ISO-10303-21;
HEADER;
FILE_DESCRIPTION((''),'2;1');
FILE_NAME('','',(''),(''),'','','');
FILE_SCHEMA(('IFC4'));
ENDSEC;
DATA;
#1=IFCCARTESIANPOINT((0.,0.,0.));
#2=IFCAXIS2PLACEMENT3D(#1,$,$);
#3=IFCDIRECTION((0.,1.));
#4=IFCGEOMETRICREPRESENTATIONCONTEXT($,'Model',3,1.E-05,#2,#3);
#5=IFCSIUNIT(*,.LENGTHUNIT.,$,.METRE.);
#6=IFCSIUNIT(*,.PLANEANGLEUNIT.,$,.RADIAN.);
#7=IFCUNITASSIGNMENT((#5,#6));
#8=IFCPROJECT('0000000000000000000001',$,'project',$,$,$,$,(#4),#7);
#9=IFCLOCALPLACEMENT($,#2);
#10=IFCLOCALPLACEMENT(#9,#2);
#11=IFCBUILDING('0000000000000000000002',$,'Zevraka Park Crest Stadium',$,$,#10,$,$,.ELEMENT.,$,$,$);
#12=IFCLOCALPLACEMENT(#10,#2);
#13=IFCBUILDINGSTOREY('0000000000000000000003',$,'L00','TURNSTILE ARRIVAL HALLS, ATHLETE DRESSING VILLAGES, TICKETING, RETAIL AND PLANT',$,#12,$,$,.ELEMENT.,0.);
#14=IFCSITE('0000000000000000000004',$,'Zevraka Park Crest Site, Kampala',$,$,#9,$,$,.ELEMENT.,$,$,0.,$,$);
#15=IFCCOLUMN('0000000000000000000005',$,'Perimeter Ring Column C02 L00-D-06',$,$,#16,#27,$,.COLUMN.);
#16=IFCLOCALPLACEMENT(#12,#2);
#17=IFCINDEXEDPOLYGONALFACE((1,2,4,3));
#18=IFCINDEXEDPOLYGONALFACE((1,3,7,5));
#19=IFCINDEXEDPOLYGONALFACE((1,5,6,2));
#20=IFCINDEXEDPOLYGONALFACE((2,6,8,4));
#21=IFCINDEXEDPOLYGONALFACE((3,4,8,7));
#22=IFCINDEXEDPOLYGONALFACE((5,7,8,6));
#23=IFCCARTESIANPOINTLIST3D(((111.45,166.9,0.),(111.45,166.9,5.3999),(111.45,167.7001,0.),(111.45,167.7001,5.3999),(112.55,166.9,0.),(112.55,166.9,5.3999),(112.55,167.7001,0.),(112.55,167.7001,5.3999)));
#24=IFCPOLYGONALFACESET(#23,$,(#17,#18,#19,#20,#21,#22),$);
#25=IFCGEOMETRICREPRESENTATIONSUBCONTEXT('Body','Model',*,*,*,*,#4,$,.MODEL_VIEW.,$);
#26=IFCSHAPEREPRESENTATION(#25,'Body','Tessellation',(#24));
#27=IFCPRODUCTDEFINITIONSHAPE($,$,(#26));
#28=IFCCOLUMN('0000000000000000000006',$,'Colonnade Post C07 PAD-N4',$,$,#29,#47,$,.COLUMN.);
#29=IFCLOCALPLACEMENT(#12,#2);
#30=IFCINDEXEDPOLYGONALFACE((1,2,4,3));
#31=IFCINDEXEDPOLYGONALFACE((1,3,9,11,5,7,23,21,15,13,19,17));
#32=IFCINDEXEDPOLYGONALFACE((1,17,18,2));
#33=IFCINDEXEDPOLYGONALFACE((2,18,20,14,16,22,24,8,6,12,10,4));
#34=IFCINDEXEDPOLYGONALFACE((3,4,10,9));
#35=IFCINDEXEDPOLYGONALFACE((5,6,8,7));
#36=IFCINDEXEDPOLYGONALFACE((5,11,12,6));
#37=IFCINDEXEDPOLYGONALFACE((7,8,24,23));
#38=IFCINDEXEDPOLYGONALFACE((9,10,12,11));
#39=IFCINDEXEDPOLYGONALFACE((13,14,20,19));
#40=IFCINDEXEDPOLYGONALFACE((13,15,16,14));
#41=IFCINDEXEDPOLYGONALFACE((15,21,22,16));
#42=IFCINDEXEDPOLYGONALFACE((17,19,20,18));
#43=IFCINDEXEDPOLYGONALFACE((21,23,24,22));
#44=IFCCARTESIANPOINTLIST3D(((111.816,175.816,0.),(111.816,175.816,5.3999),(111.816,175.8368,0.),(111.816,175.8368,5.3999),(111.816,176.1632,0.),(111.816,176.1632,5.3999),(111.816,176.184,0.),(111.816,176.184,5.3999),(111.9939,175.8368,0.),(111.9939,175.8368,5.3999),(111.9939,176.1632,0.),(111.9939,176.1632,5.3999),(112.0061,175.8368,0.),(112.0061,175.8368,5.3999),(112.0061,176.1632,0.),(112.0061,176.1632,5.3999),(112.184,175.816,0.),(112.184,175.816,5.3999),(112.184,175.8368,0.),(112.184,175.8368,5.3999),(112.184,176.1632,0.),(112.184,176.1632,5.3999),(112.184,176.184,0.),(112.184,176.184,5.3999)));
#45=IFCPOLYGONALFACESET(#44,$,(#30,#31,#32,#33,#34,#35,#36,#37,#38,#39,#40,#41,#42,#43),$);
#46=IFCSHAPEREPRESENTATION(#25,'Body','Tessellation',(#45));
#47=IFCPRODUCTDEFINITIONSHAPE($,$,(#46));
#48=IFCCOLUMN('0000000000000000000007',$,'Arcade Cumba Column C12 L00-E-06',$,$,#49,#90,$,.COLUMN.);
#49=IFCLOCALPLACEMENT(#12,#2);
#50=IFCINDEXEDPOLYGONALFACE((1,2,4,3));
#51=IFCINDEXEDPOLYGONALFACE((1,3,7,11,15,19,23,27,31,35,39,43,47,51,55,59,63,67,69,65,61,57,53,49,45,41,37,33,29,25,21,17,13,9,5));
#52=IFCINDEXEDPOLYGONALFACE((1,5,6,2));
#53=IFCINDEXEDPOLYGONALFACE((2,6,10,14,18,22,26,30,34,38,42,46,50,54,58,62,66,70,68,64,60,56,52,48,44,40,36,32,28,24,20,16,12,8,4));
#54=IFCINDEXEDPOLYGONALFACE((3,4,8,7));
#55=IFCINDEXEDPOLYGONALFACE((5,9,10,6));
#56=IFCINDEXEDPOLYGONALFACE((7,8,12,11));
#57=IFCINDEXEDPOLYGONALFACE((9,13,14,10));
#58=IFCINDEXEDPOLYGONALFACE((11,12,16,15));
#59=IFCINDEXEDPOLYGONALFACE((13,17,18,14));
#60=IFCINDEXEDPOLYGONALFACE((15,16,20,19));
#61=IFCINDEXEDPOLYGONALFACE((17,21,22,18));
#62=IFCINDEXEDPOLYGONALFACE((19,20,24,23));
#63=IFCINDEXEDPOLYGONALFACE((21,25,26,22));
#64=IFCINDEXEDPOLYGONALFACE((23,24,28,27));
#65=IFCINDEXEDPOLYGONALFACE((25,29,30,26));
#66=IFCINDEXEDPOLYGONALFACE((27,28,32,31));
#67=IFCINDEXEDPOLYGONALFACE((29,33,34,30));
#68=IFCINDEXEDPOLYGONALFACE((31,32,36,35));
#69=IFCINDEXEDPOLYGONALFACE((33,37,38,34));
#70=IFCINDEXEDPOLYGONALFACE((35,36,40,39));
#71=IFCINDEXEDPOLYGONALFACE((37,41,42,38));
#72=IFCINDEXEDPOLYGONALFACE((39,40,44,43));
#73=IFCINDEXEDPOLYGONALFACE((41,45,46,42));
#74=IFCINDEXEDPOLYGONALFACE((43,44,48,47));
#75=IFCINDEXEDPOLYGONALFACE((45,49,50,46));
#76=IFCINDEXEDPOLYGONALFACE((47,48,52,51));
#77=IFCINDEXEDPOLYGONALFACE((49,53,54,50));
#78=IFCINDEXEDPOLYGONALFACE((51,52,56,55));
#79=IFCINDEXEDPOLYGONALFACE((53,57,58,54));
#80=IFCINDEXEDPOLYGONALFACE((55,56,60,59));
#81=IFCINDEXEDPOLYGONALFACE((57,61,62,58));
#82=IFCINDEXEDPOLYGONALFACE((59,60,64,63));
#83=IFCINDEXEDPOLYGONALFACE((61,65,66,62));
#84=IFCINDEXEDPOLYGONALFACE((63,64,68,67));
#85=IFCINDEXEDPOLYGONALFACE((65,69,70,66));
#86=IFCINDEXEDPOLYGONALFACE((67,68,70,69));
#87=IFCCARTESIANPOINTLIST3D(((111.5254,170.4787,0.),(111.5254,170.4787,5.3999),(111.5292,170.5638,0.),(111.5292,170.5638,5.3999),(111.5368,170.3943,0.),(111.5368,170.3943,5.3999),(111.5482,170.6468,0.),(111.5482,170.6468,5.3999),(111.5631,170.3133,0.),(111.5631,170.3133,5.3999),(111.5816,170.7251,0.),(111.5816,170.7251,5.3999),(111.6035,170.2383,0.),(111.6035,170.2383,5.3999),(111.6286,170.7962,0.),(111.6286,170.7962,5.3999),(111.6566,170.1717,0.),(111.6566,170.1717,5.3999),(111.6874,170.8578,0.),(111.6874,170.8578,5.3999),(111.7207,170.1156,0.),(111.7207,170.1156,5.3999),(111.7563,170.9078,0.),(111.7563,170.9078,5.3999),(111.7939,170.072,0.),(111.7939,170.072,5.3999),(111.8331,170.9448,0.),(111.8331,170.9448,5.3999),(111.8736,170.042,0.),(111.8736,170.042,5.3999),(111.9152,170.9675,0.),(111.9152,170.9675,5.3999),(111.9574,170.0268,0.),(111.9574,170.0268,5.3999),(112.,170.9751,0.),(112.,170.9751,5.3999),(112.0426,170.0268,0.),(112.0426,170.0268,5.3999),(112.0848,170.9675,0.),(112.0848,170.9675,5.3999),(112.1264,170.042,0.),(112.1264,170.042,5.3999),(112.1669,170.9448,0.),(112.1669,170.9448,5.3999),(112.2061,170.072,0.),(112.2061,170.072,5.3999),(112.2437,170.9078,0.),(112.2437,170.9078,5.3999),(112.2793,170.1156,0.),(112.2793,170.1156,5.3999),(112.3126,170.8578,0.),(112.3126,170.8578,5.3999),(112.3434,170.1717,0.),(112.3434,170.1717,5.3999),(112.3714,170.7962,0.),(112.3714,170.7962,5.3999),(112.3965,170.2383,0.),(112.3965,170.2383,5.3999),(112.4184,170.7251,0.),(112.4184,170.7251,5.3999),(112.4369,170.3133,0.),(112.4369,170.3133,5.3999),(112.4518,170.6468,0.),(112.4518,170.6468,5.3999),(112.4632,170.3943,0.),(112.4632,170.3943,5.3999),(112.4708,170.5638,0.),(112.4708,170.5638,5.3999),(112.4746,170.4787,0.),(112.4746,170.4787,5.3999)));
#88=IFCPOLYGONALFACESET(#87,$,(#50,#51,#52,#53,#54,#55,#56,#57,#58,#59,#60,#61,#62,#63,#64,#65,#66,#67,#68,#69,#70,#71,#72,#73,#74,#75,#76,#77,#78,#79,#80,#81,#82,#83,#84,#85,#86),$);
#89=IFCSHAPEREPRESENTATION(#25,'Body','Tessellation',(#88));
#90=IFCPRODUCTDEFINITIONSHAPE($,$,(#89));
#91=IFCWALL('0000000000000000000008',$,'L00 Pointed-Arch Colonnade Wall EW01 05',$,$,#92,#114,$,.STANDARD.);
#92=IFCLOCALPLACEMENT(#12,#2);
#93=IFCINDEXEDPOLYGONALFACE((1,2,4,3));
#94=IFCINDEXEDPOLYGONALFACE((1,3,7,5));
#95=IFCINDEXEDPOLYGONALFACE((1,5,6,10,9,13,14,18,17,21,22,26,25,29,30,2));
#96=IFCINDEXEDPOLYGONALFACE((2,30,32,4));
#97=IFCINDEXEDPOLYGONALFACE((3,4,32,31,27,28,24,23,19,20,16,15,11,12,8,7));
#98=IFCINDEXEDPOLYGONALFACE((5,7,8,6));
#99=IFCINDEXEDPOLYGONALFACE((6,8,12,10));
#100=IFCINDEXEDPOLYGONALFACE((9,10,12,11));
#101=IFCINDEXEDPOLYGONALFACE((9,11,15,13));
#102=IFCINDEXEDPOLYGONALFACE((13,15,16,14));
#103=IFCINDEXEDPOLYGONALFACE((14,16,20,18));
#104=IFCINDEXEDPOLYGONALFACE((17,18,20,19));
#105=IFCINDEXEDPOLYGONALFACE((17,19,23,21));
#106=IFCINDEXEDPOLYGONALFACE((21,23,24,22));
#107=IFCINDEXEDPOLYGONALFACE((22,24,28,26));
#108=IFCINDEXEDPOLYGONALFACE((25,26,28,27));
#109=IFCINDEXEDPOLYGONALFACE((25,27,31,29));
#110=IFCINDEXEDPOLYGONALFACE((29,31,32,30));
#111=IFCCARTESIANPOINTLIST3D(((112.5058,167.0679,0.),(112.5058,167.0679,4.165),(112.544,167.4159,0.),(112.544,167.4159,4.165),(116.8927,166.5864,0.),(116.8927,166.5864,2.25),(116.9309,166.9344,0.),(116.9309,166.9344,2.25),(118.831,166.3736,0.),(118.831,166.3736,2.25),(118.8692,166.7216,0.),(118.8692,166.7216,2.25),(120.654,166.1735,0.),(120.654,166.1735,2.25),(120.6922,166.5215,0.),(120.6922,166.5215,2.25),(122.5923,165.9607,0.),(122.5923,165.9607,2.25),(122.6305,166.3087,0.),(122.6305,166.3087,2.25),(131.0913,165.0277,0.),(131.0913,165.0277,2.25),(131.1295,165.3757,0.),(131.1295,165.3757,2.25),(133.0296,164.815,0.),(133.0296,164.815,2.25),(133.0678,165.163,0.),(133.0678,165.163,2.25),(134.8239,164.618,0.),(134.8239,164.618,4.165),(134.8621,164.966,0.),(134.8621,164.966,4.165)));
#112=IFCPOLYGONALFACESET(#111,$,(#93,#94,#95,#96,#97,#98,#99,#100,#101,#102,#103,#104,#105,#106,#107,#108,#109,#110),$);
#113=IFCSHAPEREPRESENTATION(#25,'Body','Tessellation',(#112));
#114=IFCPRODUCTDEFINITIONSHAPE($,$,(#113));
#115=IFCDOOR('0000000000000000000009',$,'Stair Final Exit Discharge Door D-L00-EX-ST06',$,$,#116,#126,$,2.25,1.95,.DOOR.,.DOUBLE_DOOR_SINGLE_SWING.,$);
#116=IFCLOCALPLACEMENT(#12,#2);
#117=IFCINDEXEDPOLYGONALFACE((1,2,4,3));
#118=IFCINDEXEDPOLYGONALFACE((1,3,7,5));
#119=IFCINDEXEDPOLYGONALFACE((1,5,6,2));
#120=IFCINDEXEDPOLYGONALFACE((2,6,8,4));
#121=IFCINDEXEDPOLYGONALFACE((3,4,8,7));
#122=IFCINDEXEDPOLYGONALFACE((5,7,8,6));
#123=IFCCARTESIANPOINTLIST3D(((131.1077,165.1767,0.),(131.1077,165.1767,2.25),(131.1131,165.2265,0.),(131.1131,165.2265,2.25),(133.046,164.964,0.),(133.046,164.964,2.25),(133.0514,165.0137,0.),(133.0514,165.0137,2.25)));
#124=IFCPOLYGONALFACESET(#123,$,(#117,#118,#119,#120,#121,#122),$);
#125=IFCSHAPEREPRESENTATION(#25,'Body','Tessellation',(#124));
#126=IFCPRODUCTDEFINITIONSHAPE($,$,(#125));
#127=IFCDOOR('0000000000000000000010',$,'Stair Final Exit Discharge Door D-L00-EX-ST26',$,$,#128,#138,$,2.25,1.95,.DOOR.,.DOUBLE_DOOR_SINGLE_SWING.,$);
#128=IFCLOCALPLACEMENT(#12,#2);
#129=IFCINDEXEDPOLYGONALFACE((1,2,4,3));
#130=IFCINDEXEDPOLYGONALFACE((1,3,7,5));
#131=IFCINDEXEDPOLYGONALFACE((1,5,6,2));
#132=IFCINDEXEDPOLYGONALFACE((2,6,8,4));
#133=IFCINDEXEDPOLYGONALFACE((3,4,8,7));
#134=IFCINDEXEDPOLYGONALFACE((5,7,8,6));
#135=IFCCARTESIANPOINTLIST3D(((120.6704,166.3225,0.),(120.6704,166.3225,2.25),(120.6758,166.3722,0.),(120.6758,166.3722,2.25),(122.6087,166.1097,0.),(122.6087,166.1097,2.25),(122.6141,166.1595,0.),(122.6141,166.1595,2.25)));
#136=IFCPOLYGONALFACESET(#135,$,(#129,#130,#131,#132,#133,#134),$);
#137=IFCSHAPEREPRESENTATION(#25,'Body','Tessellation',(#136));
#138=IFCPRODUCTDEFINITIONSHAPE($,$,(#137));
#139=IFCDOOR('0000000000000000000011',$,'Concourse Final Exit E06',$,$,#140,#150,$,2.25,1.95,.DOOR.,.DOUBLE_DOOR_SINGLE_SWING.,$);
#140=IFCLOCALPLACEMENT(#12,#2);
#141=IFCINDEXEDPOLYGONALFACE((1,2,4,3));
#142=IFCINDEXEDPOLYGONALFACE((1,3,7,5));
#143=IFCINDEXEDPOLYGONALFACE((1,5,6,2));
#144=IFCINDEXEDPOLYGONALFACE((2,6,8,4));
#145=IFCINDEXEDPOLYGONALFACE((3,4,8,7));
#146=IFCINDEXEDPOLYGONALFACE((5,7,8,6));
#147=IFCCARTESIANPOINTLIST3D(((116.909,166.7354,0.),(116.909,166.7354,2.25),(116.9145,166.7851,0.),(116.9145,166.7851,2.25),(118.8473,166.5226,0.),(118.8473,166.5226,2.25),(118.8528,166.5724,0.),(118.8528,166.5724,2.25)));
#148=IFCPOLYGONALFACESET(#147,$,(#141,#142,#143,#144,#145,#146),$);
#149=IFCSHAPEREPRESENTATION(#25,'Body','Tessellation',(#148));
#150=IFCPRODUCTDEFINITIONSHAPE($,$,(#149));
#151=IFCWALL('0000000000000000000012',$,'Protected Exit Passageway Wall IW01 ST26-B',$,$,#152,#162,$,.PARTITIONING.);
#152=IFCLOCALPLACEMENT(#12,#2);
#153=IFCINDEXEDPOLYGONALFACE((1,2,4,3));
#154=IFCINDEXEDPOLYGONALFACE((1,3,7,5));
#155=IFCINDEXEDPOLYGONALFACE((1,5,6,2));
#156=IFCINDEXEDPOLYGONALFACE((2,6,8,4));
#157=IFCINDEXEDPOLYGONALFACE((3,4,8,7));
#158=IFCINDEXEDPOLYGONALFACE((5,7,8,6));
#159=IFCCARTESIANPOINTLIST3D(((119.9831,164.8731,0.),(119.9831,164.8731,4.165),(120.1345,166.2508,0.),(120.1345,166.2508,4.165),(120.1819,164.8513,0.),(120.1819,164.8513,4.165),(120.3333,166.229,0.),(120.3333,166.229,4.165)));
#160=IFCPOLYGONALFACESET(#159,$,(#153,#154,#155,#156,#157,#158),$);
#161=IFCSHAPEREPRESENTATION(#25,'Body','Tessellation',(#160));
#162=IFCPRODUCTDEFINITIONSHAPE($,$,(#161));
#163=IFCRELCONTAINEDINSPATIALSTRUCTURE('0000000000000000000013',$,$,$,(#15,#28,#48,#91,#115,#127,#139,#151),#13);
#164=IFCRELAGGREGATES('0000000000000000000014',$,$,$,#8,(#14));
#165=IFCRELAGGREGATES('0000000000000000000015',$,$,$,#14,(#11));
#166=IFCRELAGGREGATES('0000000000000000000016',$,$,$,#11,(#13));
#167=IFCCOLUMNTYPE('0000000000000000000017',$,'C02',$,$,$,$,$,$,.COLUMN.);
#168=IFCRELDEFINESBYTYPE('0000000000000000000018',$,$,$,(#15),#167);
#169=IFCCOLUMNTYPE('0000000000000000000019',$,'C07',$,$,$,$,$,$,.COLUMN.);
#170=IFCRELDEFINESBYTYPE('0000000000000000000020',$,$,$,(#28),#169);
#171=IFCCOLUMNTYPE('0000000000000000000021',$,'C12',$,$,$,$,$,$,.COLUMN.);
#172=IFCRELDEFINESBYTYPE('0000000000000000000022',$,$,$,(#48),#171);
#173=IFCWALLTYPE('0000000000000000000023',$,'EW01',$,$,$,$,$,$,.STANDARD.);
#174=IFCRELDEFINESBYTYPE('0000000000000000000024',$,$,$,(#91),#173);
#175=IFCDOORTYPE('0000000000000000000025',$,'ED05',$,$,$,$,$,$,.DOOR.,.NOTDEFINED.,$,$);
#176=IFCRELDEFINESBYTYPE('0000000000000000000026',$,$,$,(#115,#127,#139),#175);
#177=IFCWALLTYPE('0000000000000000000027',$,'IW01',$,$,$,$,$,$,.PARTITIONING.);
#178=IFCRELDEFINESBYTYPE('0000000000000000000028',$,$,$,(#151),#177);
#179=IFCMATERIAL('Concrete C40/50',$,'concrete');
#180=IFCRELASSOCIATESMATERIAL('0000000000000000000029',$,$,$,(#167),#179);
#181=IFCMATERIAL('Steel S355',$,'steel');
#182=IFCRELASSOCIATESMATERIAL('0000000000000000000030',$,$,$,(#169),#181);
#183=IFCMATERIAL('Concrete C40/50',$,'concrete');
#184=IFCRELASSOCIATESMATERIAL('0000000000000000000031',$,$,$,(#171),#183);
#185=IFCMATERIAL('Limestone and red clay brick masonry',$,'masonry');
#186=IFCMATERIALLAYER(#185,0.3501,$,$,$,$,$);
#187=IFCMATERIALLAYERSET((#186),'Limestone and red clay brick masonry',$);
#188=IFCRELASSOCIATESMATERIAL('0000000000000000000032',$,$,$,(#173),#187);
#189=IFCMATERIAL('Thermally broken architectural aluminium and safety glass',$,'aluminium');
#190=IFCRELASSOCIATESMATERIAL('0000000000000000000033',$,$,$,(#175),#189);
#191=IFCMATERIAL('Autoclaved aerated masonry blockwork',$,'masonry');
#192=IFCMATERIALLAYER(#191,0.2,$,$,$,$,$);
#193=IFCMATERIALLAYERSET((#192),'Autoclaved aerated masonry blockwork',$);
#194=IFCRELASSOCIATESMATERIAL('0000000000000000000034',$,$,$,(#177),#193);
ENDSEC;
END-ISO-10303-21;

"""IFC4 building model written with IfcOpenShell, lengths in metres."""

from ifc_helpers import new_model, si_unit, direction, frame, frame_2d, origin, origin_2d, place, context, subcontext, project, spatial, rectangle, circle, i_section, extrude, material, layer, layer_set, material_profile, profile_set, type_object, element, fill, save


model = new_model("IFC4")

# Units and contexts
model_context = context("Model", 3, precision=1e-05, world=origin(), true_north=direction((0.0, 1.0)))
body_context = subcontext(model_context, "Body", "Model", "MODEL_VIEW")
ifc_project = project(units=[si_unit("LENGTHUNIT", "METRE"), si_unit("PLANEANGLEUNIT", "RADIAN")], contexts=[model_context])

# Site, building, storey
site_placement = place(None, origin())
site = spatial("IfcSite", under=ifc_project, at=site_placement, Name="Zevraka Park Crest Site, Kampala", CompositionType="ELEMENT", RefElevation=0.0)
building_placement = place(site_placement, origin())
building = spatial("IfcBuilding", under=site, at=building_placement, Name="Zevraka Park Crest Stadium", CompositionType="ELEMENT")
storey_placement = place(building_placement, origin())
storey = spatial("IfcBuildingStorey", under=building, at=storey_placement, Name="L00", Description="TURNSTILE ARRIVAL HALLS, ATHLETE DRESSING VILLAGES, TICKETING, RETAIL AND PLANT", CompositionType="ELEMENT", Elevation=0.0)

# Columns
ifc_material_1 = material(Name="Concrete C40/50", Category="concrete")
ifc_material_profile_1 = material_profile(ifc_material_1, rectangle(XDim=0.8, YDim=1.1001, at=origin_2d()), Name="RC 1100x800")
ifc_profile_set_1 = profile_set([ifc_material_profile_1], Name="Concrete C40/50")
column_type_1 = type_object("IfcColumnType", Name="C02", PredefinedType="COLUMN", material=ifc_profile_set_1)
column_1_placement = place(storey_placement, frame((112.0, 167.3, 0.0), z_axis=(0.0, 0.0, 1.0), x_axis=(0.0, 1.0, 0.0)))
element("IfcColumn", 1, at=column_1_placement, inside=storey, type_object=column_type_1, Name="Perimeter Ring Column C02 L00-D-06", PredefinedType="COLUMN", context=body_context, shape_type="SweptSolid", body=[
    extrude(rectangle(XDim=0.8, YDim=1.1001, at=origin_2d()), origin(), (0.0, 0.0, 1.0), 5.3999),
])
ifc_material_2 = material(Name="Steel S355", Category="steel")
ifc_material_profile_2 = material_profile(ifc_material_2, i_section(OverallWidth=0.3679, OverallDepth=0.3679, WebThickness=0.0122, FlangeThickness=0.0208, at=origin_2d()), Name="UKC 356x368x153")
ifc_profile_set_2 = profile_set([ifc_material_profile_2], Name="Steel S355")
column_type_2 = type_object("IfcColumnType", Name="C07", PredefinedType="COLUMN", material=ifc_profile_set_2)
column_2_placement = place(storey_placement, frame((112.0, 176.0, 0.0), z_axis=(0.0, 0.0, 1.0), x_axis=(1.0, 0.0, 0.0)))
element("IfcColumn", 2, at=column_2_placement, inside=storey, type_object=column_type_2, Name="Colonnade Post C07 PAD-N4", PredefinedType="COLUMN", context=body_context, shape_type="SweptSolid", body=[
    extrude(i_section(OverallWidth=0.3679, OverallDepth=0.3679, WebThickness=0.0122, FlangeThickness=0.0208, at=origin_2d()), origin(), (0.0, 0.0, 1.0), 5.3999),
])
ifc_material_3 = material(Name="Concrete C40/50", Category="concrete")
ifc_material_profile_3 = material_profile(ifc_material_3, circle(Radius=0.4751, at=origin_2d()), Name="RC D950")
ifc_profile_set_3 = profile_set([ifc_material_profile_3], Name="Concrete C40/50")
column_type_3 = type_object("IfcColumnType", Name="C12", PredefinedType="COLUMN", material=ifc_profile_set_3)
column_3_placement = place(storey_placement, frame((112.0, 170.5, 0.0), z_axis=(0.0, 0.0, 1.0), x_axis=(0.0, 1.0, 0.0)))
element("IfcColumn", 3, at=column_3_placement, inside=storey, type_object=column_type_3, Name="Arcade Cumba Column C12 L00-E-06", PredefinedType="COLUMN", context=body_context, shape_type="SweptSolid", body=[
    extrude(circle(Radius=0.4751, at=origin_2d()), origin(), (0.0, 0.0, 1.0), 5.3999),
])

# Wall, openings, doors
ifc_material_4 = material(Name="Limestone and red clay brick masonry", Category="masonry")
ifc_layer_1 = layer(ifc_material_4, 0.3501)
ifc_layer_set_1 = layer_set([ifc_layer_1], Name="Limestone and red clay brick masonry")
wall_type_1 = type_object("IfcWallType", Name="EW01", PredefinedType="STANDARD", material=ifc_layer_set_1)
wall_1_placement = place(storey_placement, frame((112.5249, 167.2419, 0.0), z_axis=(0.0, 0.0, 1.0), x_axis=(0.994029, -0.109119, 0.0)))
wall_1 = element("IfcWall", 4, at=wall_1_placement, inside=storey, type_object=wall_type_1, Name="L00 Pointed-Arch Colonnade Wall EW01 05", PredefinedType="STANDARD", context=body_context, shape_type="SweptSolid", body=[
    extrude(rectangle(XDim=22.4521, YDim=0.3501, at=frame_2d((11.2261, 0.0))), origin(), (0.0, 0.0, 1.0), 4.165),
])
opening_1_placement = place(wall_1_placement, frame((18.697, 0.0, 0.0)))
opening_1 = element("IfcOpeningElement", 5, at=opening_1_placement, cuts=wall_1, PredefinedType="OPENING", context=body_context, shape_type="SweptSolid", body=[
    extrude(rectangle(XDim=1.95, YDim=2.25, at=frame_2d((0.9751, 1.125))), frame((0.0, 0.1851, 0.0), z_axis=(0.0, -1.0, 0.0), x_axis=(1.0, 0.0, 0.0)), (0.0, 0.0, 1.0), 0.3701),
])
opening_2_placement = place(wall_1_placement, frame((8.197, 0.0, 0.0)))
opening_2 = element("IfcOpeningElement", 6, at=opening_2_placement, cuts=wall_1, PredefinedType="OPENING", context=body_context, shape_type="SweptSolid", body=[
    extrude(rectangle(XDim=1.95, YDim=2.25, at=frame_2d((0.9751, 1.125))), frame((0.0, 0.1851, 0.0), z_axis=(0.0, -1.0, 0.0), x_axis=(1.0, 0.0, 0.0)), (0.0, 0.0, 1.0), 0.3701),
])
opening_3_placement = place(wall_1_placement, frame((4.4131, 0.0, 0.0)))
opening_3 = element("IfcOpeningElement", 7, at=opening_3_placement, cuts=wall_1, PredefinedType="OPENING", context=body_context, shape_type="SweptSolid", body=[
    extrude(rectangle(XDim=1.95, YDim=2.25, at=frame_2d((0.9751, 1.125))), frame((0.0, 0.1851, 0.0), z_axis=(0.0, -1.0, 0.0), x_axis=(1.0, 0.0, 0.0)), (0.0, 0.0, 1.0), 0.3701),
])
ifc_material_5 = material(Name="Thermally broken architectural aluminium and safety glass", Category="aluminium")
door_type_1 = type_object("IfcDoorType", Name="ED05", OperationType="NOTDEFINED", PredefinedType="DOOR", material=ifc_material_5)
door_1_placement = place(opening_1_placement, origin())
door_1 = element("IfcDoor", 8, at=door_1_placement, inside=storey, type_object=door_type_1, Name="Stair Final Exit Discharge Door D-L00-EX-ST06", OperationType="DOUBLE_DOOR_SINGLE_SWING", OverallHeight=2.25, OverallWidth=1.95, PredefinedType="DOOR", context=body_context, shape_type="SweptSolid", body=[
    extrude(rectangle(XDim=1.95, YDim=2.25, at=frame_2d((0.9751, 1.125))), frame((0.0, 0.0249, 0.0), z_axis=(0.0, -1.0, 0.0), x_axis=(1.0, 0.0, 0.0)), (0.0, 0.0, 1.0), 0.05),
])
fill(opening_1, door_1)
door_2_placement = place(opening_2_placement, origin())
door_2 = element("IfcDoor", 9, at=door_2_placement, inside=storey, type_object=door_type_1, Name="Stair Final Exit Discharge Door D-L00-EX-ST26", OperationType="DOUBLE_DOOR_SINGLE_SWING", OverallHeight=2.25, OverallWidth=1.95, PredefinedType="DOOR", context=body_context, shape_type="SweptSolid", body=[
    extrude(rectangle(XDim=1.95, YDim=2.25, at=frame_2d((0.9751, 1.125))), frame((0.0, 0.0249, 0.0), z_axis=(0.0, -1.0, 0.0), x_axis=(1.0, 0.0, 0.0)), (0.0, 0.0, 1.0), 0.05),
])
fill(opening_2, door_2)
door_3_placement = place(opening_3_placement, origin())
door_3 = element("IfcDoor", 10, at=door_3_placement, inside=storey, type_object=door_type_1, Name="Concourse Final Exit E06", OperationType="DOUBLE_DOOR_SINGLE_SWING", OverallHeight=2.25, OverallWidth=1.95, PredefinedType="DOOR", context=body_context, shape_type="SweptSolid", body=[
    extrude(rectangle(XDim=1.95, YDim=2.25, at=frame_2d((0.9751, 1.125))), frame((0.0, 0.0249, 0.0), z_axis=(0.0, -1.0, 0.0), x_axis=(1.0, 0.0, 0.0)), (0.0, 0.0, 1.0), 0.05),
])
fill(opening_3, door_3)

# Wall
ifc_material_6 = material(Name="Autoclaved aerated masonry blockwork", Category="masonry")
ifc_layer_2 = layer(ifc_material_6, 0.2)
ifc_layer_set_2 = layer_set([ifc_layer_2], Name="Autoclaved aerated masonry blockwork")
wall_type_2 = type_object("IfcWallType", Name="IW01", PredefinedType="PARTITIONING", material=ifc_layer_set_2)
wall_2_placement = place(storey_placement, frame((120.0825, 164.8623, 0.0), z_axis=(0.0, 0.0, 1.0), x_axis=(0.109213, 0.994018, 0.0)))
element("IfcWall", 11, at=wall_2_placement, inside=storey, type_object=wall_type_2, Name="Protected Exit Passageway Wall IW01 ST26-B", PredefinedType="PARTITIONING", context=body_context, shape_type="SweptSolid", body=[
    extrude(rectangle(XDim=1.386, YDim=0.2, at=frame_2d((0.6929, 0.0))), origin(), (0.0, 0.0, 1.0), 4.165),
])

save(model, "model.ifc")
